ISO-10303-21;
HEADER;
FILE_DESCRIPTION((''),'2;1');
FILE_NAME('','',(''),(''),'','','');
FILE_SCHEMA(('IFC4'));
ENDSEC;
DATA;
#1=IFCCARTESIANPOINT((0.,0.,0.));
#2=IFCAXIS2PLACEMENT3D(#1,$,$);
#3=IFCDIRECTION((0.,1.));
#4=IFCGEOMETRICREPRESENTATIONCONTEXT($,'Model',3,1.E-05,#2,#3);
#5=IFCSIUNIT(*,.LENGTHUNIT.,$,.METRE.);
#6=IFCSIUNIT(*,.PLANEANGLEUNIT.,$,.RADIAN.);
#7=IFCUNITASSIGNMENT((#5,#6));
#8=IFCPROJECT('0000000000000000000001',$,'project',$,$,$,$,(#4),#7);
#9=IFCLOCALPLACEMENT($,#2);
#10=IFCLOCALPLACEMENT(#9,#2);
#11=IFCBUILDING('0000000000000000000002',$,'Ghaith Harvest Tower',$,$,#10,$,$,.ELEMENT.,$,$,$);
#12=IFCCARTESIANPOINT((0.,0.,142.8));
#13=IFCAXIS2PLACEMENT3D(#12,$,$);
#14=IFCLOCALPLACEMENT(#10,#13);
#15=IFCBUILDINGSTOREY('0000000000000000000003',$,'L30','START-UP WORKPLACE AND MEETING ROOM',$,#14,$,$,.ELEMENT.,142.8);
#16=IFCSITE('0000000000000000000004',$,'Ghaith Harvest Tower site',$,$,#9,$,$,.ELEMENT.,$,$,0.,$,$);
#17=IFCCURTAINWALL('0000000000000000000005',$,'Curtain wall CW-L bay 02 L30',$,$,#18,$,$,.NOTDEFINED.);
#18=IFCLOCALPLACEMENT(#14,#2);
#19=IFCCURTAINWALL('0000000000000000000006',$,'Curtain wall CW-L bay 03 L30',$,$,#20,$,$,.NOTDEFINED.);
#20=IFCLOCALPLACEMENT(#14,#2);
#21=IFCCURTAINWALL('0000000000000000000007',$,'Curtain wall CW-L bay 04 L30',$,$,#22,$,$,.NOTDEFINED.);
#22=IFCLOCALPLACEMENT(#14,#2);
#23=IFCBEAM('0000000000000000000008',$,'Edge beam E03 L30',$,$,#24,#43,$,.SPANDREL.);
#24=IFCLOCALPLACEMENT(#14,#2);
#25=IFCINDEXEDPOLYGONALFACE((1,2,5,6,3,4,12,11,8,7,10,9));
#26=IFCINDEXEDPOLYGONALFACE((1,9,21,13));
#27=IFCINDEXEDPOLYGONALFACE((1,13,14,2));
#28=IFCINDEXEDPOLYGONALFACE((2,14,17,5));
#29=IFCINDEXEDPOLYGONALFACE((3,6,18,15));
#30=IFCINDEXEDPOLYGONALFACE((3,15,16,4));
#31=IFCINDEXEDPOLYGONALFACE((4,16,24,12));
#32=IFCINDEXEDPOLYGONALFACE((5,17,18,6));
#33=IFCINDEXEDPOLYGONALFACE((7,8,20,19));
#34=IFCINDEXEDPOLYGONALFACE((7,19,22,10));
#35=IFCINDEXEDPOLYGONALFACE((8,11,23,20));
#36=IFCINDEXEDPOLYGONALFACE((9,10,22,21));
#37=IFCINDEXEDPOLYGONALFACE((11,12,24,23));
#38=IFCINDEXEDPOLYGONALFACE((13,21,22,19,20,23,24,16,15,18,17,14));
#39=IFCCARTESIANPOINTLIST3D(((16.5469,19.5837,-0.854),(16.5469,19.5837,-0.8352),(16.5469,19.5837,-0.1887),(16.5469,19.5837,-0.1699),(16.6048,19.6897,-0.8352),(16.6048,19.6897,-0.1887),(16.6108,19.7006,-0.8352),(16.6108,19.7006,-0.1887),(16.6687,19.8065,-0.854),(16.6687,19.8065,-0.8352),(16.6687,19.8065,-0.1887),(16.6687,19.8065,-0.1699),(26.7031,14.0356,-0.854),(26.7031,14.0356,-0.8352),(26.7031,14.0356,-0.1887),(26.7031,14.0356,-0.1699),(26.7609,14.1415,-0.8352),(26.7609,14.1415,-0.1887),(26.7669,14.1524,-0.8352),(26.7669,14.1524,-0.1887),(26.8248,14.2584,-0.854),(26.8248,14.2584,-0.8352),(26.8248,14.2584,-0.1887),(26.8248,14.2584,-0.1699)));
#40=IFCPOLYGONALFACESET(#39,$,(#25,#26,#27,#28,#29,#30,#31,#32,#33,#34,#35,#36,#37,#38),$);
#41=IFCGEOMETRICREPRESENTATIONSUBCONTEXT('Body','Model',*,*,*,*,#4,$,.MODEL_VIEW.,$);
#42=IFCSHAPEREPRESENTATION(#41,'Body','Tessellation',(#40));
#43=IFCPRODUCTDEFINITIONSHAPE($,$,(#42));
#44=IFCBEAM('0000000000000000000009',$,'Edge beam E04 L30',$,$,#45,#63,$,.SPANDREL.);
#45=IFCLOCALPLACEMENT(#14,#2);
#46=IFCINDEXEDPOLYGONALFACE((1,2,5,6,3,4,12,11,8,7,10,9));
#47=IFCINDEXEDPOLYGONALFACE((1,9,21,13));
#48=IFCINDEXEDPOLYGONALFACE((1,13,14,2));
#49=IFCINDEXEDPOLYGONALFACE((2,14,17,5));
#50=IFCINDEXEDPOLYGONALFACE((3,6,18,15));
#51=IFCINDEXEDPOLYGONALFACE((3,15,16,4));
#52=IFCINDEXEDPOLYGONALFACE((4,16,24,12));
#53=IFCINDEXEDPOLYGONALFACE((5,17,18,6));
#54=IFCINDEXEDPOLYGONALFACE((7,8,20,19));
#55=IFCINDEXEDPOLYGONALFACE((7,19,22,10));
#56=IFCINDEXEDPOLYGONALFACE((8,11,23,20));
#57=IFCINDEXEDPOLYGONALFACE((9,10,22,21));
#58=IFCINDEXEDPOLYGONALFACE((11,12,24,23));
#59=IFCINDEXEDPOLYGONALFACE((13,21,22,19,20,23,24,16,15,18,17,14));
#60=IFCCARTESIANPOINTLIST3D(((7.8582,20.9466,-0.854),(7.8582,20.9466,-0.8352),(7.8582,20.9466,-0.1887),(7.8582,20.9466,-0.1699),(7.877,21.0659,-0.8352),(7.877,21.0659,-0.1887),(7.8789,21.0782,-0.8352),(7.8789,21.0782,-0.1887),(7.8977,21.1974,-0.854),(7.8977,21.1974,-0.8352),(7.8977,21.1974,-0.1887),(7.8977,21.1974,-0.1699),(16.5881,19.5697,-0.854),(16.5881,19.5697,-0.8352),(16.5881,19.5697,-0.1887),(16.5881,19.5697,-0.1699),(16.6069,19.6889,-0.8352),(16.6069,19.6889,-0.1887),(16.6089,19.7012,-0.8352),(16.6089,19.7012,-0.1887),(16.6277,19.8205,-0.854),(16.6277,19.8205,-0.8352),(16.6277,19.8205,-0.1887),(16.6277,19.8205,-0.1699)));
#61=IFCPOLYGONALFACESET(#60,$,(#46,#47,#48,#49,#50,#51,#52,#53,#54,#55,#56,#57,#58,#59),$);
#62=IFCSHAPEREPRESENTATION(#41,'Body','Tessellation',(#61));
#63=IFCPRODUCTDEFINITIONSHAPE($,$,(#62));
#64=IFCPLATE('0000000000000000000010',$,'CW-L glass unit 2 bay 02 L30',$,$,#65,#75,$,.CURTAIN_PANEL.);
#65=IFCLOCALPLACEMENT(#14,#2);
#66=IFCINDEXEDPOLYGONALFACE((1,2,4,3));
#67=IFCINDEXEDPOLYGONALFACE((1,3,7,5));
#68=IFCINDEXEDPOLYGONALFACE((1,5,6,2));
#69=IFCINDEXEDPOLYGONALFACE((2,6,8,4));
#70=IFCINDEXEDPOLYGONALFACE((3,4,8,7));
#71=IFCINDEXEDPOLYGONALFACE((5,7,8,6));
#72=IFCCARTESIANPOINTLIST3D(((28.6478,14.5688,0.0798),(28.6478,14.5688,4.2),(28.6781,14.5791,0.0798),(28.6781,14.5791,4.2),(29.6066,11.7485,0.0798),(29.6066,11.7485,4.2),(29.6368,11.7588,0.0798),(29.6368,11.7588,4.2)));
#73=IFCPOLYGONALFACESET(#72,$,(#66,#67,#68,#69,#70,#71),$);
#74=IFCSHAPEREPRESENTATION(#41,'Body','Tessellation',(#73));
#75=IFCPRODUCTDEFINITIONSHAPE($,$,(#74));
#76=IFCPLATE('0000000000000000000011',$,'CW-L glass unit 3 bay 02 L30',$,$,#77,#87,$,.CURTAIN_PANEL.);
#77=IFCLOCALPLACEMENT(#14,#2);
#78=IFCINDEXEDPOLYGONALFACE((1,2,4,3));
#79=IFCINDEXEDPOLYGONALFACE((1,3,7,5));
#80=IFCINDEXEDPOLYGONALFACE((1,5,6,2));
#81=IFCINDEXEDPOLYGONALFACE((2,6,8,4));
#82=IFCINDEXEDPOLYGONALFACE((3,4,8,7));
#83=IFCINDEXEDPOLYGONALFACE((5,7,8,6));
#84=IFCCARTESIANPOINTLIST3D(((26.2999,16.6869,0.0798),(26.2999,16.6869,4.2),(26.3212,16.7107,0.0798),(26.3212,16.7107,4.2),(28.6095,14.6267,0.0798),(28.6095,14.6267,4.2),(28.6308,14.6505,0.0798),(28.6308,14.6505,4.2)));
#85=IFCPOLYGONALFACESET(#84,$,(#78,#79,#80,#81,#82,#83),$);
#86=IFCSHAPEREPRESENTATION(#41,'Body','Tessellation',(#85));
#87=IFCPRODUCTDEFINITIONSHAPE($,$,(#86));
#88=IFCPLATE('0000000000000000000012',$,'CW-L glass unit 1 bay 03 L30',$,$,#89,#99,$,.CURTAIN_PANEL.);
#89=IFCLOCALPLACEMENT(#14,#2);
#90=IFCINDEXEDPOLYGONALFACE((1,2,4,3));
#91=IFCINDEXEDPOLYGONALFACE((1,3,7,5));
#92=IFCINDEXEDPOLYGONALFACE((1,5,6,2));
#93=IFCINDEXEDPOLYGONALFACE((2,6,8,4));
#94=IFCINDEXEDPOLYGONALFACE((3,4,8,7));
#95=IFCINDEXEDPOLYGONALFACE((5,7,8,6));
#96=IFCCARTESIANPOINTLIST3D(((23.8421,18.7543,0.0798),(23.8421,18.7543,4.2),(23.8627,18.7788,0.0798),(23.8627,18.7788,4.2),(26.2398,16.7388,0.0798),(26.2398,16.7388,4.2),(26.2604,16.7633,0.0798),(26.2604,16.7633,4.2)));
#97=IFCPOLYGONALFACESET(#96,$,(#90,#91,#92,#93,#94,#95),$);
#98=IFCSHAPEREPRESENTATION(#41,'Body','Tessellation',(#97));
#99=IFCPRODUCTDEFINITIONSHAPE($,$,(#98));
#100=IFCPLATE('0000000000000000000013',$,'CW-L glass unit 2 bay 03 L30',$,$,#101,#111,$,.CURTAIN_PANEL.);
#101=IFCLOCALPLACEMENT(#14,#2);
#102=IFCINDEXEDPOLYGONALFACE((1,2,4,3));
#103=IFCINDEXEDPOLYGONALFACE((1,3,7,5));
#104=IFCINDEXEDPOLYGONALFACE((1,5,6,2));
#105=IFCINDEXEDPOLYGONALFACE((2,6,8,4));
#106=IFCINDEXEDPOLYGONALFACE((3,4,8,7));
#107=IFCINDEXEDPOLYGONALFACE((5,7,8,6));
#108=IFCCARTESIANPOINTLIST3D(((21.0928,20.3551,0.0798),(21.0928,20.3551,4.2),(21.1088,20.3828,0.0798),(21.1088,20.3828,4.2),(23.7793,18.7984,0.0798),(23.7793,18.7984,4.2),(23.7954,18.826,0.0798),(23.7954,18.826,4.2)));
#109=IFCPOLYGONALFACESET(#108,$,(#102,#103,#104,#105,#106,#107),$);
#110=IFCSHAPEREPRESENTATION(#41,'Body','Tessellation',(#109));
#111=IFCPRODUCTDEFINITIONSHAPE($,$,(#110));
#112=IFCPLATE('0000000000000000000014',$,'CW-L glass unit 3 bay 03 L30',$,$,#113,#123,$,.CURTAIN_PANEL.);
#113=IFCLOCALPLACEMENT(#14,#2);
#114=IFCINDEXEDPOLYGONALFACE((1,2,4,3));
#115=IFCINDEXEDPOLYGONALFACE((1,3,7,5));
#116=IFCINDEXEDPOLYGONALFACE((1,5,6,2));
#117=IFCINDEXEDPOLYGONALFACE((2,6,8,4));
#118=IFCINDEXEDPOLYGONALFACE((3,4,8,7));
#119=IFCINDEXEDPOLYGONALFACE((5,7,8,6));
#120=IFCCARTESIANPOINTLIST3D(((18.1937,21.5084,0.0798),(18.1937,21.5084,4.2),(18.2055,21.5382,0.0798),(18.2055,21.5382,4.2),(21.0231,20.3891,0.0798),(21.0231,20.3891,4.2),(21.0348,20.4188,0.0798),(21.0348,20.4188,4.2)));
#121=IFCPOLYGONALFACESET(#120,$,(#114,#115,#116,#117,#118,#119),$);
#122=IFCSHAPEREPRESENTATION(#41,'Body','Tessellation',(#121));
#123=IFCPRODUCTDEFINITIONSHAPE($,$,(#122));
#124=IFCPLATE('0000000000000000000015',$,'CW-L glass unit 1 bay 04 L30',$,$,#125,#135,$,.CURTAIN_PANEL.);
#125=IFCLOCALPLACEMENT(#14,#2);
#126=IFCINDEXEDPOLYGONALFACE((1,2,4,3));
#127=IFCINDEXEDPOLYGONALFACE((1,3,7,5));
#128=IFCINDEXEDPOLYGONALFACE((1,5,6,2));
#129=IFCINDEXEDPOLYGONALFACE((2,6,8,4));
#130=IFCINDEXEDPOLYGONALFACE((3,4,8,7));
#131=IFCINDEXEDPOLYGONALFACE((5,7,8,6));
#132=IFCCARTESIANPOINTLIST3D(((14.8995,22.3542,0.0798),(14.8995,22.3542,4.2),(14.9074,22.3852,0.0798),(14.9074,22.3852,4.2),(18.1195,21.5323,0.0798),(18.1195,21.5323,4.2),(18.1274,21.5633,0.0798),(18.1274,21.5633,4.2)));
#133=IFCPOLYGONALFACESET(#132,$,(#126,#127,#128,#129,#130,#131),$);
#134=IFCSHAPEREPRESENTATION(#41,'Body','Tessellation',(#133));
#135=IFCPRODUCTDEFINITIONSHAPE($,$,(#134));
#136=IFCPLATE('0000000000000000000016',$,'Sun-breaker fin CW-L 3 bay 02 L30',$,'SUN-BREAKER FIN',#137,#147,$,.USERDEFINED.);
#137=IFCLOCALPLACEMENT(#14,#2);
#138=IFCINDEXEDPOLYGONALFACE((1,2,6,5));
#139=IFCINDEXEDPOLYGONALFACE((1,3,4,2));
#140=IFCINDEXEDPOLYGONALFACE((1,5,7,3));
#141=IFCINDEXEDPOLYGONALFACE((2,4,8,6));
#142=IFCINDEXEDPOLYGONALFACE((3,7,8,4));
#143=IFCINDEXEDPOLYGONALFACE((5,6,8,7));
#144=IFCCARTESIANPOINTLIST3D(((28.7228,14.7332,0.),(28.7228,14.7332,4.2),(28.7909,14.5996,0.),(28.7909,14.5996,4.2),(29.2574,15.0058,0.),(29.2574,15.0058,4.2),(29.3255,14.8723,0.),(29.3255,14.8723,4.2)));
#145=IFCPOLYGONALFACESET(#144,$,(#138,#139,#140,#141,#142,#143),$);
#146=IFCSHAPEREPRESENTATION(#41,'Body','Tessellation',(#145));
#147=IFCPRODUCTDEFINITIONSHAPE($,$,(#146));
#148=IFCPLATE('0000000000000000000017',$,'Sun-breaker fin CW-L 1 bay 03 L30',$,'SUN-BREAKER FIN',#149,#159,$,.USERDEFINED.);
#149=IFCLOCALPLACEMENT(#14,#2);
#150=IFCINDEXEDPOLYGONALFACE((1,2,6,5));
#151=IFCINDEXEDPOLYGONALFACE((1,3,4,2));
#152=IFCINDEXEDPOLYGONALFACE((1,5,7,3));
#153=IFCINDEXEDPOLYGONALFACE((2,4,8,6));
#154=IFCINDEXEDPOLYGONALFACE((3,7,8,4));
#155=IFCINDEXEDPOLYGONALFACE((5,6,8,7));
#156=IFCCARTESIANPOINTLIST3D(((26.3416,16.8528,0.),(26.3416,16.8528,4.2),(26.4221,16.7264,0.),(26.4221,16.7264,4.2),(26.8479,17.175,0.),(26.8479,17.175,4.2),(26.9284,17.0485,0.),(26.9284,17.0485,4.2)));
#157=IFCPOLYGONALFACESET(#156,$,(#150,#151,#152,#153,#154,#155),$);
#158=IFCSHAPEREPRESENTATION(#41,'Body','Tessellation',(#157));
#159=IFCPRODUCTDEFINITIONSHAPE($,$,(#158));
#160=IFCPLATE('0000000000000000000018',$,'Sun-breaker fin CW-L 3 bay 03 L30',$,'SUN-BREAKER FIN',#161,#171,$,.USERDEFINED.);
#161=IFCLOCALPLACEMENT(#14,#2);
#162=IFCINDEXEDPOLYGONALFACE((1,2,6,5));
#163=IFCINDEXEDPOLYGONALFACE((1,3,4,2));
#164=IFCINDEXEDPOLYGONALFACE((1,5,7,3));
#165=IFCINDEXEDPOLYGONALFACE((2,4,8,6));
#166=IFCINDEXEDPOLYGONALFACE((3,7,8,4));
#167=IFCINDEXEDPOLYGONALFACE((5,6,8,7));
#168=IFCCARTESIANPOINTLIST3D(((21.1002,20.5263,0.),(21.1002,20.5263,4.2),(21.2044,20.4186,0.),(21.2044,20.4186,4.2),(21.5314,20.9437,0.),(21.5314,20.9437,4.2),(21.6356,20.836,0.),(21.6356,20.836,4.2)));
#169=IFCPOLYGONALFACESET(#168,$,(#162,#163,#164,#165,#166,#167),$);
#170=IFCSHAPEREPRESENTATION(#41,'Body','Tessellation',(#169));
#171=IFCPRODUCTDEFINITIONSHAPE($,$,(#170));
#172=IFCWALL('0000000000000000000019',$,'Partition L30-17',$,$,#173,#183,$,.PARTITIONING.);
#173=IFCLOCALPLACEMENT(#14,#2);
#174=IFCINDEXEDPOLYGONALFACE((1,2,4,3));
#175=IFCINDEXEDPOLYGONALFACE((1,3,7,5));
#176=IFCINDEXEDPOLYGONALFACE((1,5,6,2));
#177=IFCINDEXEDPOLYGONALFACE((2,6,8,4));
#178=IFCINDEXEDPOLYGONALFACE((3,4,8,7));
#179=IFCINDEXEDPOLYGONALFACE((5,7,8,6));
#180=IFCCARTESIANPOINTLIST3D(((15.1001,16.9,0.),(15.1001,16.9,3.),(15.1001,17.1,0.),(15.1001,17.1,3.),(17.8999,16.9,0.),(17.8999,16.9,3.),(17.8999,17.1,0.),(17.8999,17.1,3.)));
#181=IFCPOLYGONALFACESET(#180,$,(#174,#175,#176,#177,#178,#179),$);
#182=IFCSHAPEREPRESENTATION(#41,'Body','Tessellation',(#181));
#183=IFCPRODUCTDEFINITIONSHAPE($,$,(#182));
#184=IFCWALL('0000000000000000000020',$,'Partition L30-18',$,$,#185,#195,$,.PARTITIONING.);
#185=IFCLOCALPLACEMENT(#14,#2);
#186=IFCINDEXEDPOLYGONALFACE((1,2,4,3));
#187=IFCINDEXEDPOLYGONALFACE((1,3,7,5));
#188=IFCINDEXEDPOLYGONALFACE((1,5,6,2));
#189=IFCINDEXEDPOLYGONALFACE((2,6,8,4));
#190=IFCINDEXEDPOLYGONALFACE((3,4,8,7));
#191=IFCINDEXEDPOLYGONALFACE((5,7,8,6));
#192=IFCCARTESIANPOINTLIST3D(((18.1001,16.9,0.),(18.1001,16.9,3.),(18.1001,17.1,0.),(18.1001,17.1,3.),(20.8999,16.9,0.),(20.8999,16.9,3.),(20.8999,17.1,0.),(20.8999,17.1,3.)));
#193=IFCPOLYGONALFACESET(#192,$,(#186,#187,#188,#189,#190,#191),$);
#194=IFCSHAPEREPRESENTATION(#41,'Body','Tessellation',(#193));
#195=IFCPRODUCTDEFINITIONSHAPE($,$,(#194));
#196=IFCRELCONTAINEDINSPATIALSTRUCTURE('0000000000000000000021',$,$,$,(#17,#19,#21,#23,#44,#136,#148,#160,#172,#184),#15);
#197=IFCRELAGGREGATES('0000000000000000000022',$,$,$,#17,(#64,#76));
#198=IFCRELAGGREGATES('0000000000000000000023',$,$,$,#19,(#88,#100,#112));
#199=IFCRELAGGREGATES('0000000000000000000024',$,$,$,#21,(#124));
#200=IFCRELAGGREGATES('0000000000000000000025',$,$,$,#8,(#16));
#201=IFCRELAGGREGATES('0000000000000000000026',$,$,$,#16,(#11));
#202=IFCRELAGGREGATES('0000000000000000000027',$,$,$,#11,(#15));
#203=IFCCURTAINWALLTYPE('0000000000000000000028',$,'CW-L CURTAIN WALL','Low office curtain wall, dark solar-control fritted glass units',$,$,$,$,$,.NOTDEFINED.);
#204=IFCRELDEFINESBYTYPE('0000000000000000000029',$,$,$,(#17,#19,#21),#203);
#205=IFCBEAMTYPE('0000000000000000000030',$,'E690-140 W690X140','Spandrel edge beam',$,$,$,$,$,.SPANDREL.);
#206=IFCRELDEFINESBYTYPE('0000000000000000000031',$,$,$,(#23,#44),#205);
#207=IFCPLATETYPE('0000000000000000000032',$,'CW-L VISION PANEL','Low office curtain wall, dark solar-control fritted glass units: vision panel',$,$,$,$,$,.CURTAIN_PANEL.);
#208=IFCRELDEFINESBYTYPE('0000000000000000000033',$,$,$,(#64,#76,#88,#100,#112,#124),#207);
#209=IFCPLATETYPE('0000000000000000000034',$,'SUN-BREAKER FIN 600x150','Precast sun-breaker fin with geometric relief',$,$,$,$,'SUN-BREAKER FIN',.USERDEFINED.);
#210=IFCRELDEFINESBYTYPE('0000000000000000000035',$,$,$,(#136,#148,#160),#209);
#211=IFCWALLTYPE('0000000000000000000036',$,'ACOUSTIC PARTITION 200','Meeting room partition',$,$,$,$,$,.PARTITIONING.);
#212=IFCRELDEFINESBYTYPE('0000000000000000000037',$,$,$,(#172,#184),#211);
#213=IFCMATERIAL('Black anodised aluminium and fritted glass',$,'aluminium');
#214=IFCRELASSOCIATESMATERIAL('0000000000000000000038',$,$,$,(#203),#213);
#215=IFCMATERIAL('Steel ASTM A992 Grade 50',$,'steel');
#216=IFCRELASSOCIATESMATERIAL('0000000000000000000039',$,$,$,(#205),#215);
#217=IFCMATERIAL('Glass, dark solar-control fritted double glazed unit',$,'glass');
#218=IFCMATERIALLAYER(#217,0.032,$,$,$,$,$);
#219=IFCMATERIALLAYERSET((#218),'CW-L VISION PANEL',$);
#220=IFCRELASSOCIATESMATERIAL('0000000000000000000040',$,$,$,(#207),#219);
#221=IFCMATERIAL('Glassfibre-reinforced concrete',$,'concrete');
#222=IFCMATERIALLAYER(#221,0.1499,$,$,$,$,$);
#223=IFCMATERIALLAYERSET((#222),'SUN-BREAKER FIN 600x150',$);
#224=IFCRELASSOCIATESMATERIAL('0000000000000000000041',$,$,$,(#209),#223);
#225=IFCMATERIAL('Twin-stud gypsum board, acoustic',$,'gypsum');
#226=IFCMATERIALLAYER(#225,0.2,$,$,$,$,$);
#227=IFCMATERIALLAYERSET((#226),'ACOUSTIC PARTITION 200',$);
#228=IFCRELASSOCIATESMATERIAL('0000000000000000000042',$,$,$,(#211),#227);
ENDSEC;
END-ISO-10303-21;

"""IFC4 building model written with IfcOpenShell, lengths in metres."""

from ifc_helpers import new_model, si_unit, direction, frame, frame_2d, origin, origin_2d, place, context, subcontext, project, spatial, rectangle, i_section, extrude, material, layer, layer_set, material_profile, profile_set, type_object, element, aggregate, save


model = new_model("IFC4")

# Units and contexts
model_context = context("Model", 3, precision=1e-05, world=origin(), true_north=direction((0.0, 1.0)))
body_context = subcontext(model_context, "Body", "Model", "MODEL_VIEW")
ifc_project = project(units=[si_unit("LENGTHUNIT", "METRE"), si_unit("PLANEANGLEUNIT", "RADIAN")], contexts=[model_context])

# Site, building, storey
site_placement = place(None, origin())
site = spatial("IfcSite", under=ifc_project, at=site_placement, Name="Ghaith Harvest Tower site", CompositionType="ELEMENT", RefElevation=0.0)
building_placement = place(site_placement, origin())
building = spatial("IfcBuilding", under=site, at=building_placement, Name="Ghaith Harvest Tower", CompositionType="ELEMENT")
storey_placement = place(building_placement, frame((0.0, 0.0, 142.8)))
storey = spatial("IfcBuildingStorey", under=building, at=storey_placement, Name="L30", Description="START-UP WORKPLACE AND MEETING ROOM", CompositionType="ELEMENT", Elevation=142.8)

# Curtain wall
ifc_material_1 = material(Name="Black anodised aluminium and fritted glass", Category="aluminium")
curtain_wall_type = type_object("IfcCurtainWallType", Name="CW-L CURTAIN WALL", Description="Low office curtain wall, dark solar-control fritted glass units", PredefinedType="NOTDEFINED", material=ifc_material_1)
curtain_wall_1_placement = place(storey_placement, origin())
curtain_wall_1 = element("IfcCurtainWall", 1, at=curtain_wall_1_placement, inside=storey, type_object=curtain_wall_type, Name="Curtain wall CW-L bay 02 L30", PredefinedType="NOTDEFINED")

# Curtain walls
curtain_wall_2_placement = place(storey_placement, origin())
curtain_wall_2 = element("IfcCurtainWall", 2, at=curtain_wall_2_placement, inside=storey, type_object=curtain_wall_type, Name="Curtain wall CW-L bay 03 L30", PredefinedType="NOTDEFINED")
curtain_wall_3_placement = place(storey_placement, origin())
curtain_wall_3 = element("IfcCurtainWall", 3, at=curtain_wall_3_placement, inside=storey, type_object=curtain_wall_type, Name="Curtain wall CW-L bay 04 L30", PredefinedType="NOTDEFINED")

# Beams
ifc_material_2 = material(Name="Steel ASTM A992 Grade 50", Category="steel")
ifc_material_profile_1 = material_profile(ifc_material_2, i_section(OverallWidth=0.2539, OverallDepth=0.6841, WebThickness=0.0125, FlangeThickness=0.0188, at=origin_2d()), Name="W690X140")
ifc_profile_set_1 = profile_set([ifc_material_profile_1], Name="Steel ASTM A992 Grade 50")
beam_type = type_object("IfcBeamType", Name="E690-140 W690X140", Description="Spandrel edge beam", PredefinedType="SPANDREL", material=ifc_profile_set_1)
beam_1_placement = place(storey_placement, frame((26.7639, 14.147, -0.512), z_axis=(-0.877588, 0.479415, 0.0), x_axis=(-0.479415, -0.877588, 0.0)))
element("IfcBeam", 4, at=beam_1_placement, inside=storey, type_object=beam_type, Name="Edge beam E03 L30", PredefinedType="SPANDREL", context=body_context, shape_type="SweptSolid", body=[
    extrude(i_section(OverallWidth=0.2539, OverallDepth=0.6841, WebThickness=0.0125, FlangeThickness=0.0188, at=origin_2d()), origin(), (0.0, 0.0, 1.0), 11.5728),
])
beam_2_placement = place(storey_placement, frame((16.6079, 19.6951, -0.512), z_axis=(-0.987788, 0.155801, 0.0), x_axis=(-0.155801, -0.987788, 0.0)))
element("IfcBeam", 5, at=beam_2_placement, inside=storey, type_object=beam_type, Name="Edge beam E04 L30", PredefinedType="SPANDREL", context=body_context, shape_type="SweptSolid", body=[
    extrude(i_section(OverallWidth=0.2539, OverallDepth=0.6841, WebThickness=0.0125, FlangeThickness=0.0188, at=origin_2d()), origin(), (0.0, 0.0, 1.0), 8.8379),
])

# Plates
ifc_material_3 = material(Name="Glass, dark solar-control fritted double glazed unit", Category="glass")
ifc_layer_1 = layer(ifc_material_3, 0.032)
ifc_layer_set_1 = layer_set([ifc_layer_1], Name="CW-L VISION PANEL")
plate_type_1 = type_object("IfcPlateType", Name="CW-L VISION PANEL", Description="Low office curtain wall, dark solar-control fritted glass units: vision panel", PredefinedType="CURTAIN_PANEL", material=ifc_layer_set_1)
plate_1_placement = place(storey_placement, frame((29.1423, 13.1638, 0.0798), z_axis=(0.0, 0.0, 1.0), x_axis=(-0.321853, 0.94679, 0.0)))
plate_1 = element("IfcPlate", 6, at=plate_1_placement, type_object=plate_type_1, Name="CW-L glass unit 2 bay 02 L30", PredefinedType="CURTAIN_PANEL", context=body_context, shape_type="SweptSolid", body=[
    extrude(rectangle(XDim=2.9788, YDim=0.032, at=origin_2d()), origin(), (0.0, 0.0, 1.0), 4.1201),
])
plate_2_placement = place(storey_placement, frame((27.4653, 15.6687, 0.0798), z_axis=(0.0, 0.0, 1.0), x_axis=(-0.746251, 0.665665, 0.0)))
plate_2 = element("IfcPlate", 7, at=plate_2_placement, type_object=plate_type_1, Name="CW-L glass unit 3 bay 02 L30", PredefinedType="CURTAIN_PANEL", context=body_context, shape_type="SweptSolid", body=[
    extrude(rectangle(XDim=3.095, YDim=0.032, at=origin_2d()), origin(), (0.0, 0.0, 1.0), 4.1201),
])
aggregate(curtain_wall_1, [plate_1, plate_2])
plate_3_placement = place(storey_placement, frame((25.0513, 17.7588, 0.0798), z_axis=(0.0, 0.0, 1.0), x_axis=(-0.765473, 0.643468, 0.0)))
plate_3 = element("IfcPlate", 8, at=plate_3_placement, type_object=plate_type_1, Name="CW-L glass unit 1 bay 03 L30", PredefinedType="CURTAIN_PANEL", context=body_context, shape_type="SweptSolid", body=[
    extrude(rectangle(XDim=3.1323, YDim=0.032, at=origin_2d()), origin(), (0.0, 0.0, 1.0), 4.1201),
])
plate_4_placement = place(storey_placement, frame((22.4441, 19.5906, 0.0798), z_axis=(0.0, 0.0, 1.0), x_axis=(-0.865232, 0.501372, 0.0)))
plate_4 = element("IfcPlate", 9, at=plate_4_placement, type_object=plate_type_1, Name="CW-L glass unit 2 bay 03 L30", PredefinedType="CURTAIN_PANEL", context=body_context, shape_type="SweptSolid", body=[
    extrude(rectangle(XDim=3.105, YDim=0.032, at=origin_2d()), origin(), (0.0, 0.0, 1.0), 4.1201),
])
plate_5_placement = place(storey_placement, frame((19.6143, 20.9636, 0.0798), z_axis=(0.0, 0.0, 1.0), x_axis=(-0.929877, 0.367872, 0.0)))
plate_5 = element("IfcPlate", 10, at=plate_5_placement, type_object=plate_type_1, Name="CW-L glass unit 3 bay 03 L30", PredefinedType="CURTAIN_PANEL", context=body_context, shape_type="SweptSolid", body=[
    extrude(rectangle(XDim=3.0427, YDim=0.032, at=origin_2d()), origin(), (0.0, 0.0, 1.0), 4.1201),
])
aggregate(curtain_wall_2, [plate_3, plate_4, plate_5])
plate_6_placement = place(storey_placement, frame((16.5134, 21.9587, 0.0798), z_axis=(0.0, 0.0, 1.0), x_axis=(-0.968931, 0.247331, 0.0)))
plate_6 = element("IfcPlate", 11, at=plate_6_placement, type_object=plate_type_1, Name="CW-L glass unit 1 bay 04 L30", PredefinedType="CURTAIN_PANEL", context=body_context, shape_type="SweptSolid", body=[
    extrude(rectangle(XDim=3.3232, YDim=0.032, at=origin_2d()), origin(), (0.0, 0.0, 1.0), 4.1201),
])
aggregate(curtain_wall_3, [plate_6])

# Plates
ifc_material_4 = material(Name="Glassfibre-reinforced concrete", Category="concrete")
ifc_layer_2 = layer(ifc_material_4, 0.1499)
ifc_layer_set_2 = layer_set([ifc_layer_2], Name="SUN-BREAKER FIN 600x150")
plate_type_2 = type_object("IfcPlateType", Name="SUN-BREAKER FIN 600x150", Description="Precast sun-breaker fin with geometric relief", ElementType="SUN-BREAKER FIN", PredefinedType="USERDEFINED", material=ifc_layer_set_2)
for number, where, z_axis, x_axis, name in (
    (12, (29.0242, 14.8027, 0.0), (0.0, 0.0, 1.0), (0.890831, 0.454335, 0.0), "Sun-breaker fin CW-L 3 bay 02 L30"),
    (13, (26.635, 16.9507, 0.0), (0.0, 0.0, 1.0), (0.843644, 0.536903, 0.0), "Sun-breaker fin CW-L 1 bay 03 L30"),
    (14, (21.3679, 20.6812, 0.0), (0.0, 0.0, 1.0), (0.718559, 0.695466, 0.0), "Sun-breaker fin CW-L 3 bay 03 L30"),
):
    element("IfcPlate", number, at=place(storey_placement, frame(where, z_axis=z_axis, x_axis=x_axis)), inside=storey, type_object=plate_type_2, Name=name, ObjectType="SUN-BREAKER FIN", PredefinedType="USERDEFINED", context=body_context, shape_type="SweptSolid", body=[
        extrude(rectangle(XDim=0.6001, YDim=0.1499, at=origin_2d()), origin(), (0.0, 0.0, 1.0), 4.2),
    ])

# Walls
ifc_material_5 = material(Name="Twin-stud gypsum board, acoustic", Category="gypsum")
ifc_layer_3 = layer(ifc_material_5, 0.2)
ifc_layer_set_3 = layer_set([ifc_layer_3], Name="ACOUSTIC PARTITION 200")
wall_type_1 = type_object("IfcWallType", Name="ACOUSTIC PARTITION 200", Description="Meeting room partition", PredefinedType="PARTITIONING", material=ifc_layer_set_3)
for number, where, z_axis, x_axis, name in (
    (15, (15.1001, 17.0, 0.0), (0.0, 0.0, 1.0), (1.0, 0.0, 0.0), "Partition L30-17"),
    (16, (18.1001, 17.0, 0.0), (0.0, 0.0, 1.0), (1.0, 0.0, 0.0), "Partition L30-18"),
):
    element("IfcWall", number, at=place(storey_placement, frame(where, z_axis=z_axis, x_axis=x_axis)), inside=storey, type_object=wall_type_1, Name=name, PredefinedType="PARTITIONING", context=body_context, shape_type="SweptSolid", body=[
        extrude(rectangle(XDim=2.7998, YDim=0.2, at=frame_2d((1.3999, 0.0))), origin(), (0.0, 0.0, 1.0), 3.0),
    ])

save(model, "model.ifc")
